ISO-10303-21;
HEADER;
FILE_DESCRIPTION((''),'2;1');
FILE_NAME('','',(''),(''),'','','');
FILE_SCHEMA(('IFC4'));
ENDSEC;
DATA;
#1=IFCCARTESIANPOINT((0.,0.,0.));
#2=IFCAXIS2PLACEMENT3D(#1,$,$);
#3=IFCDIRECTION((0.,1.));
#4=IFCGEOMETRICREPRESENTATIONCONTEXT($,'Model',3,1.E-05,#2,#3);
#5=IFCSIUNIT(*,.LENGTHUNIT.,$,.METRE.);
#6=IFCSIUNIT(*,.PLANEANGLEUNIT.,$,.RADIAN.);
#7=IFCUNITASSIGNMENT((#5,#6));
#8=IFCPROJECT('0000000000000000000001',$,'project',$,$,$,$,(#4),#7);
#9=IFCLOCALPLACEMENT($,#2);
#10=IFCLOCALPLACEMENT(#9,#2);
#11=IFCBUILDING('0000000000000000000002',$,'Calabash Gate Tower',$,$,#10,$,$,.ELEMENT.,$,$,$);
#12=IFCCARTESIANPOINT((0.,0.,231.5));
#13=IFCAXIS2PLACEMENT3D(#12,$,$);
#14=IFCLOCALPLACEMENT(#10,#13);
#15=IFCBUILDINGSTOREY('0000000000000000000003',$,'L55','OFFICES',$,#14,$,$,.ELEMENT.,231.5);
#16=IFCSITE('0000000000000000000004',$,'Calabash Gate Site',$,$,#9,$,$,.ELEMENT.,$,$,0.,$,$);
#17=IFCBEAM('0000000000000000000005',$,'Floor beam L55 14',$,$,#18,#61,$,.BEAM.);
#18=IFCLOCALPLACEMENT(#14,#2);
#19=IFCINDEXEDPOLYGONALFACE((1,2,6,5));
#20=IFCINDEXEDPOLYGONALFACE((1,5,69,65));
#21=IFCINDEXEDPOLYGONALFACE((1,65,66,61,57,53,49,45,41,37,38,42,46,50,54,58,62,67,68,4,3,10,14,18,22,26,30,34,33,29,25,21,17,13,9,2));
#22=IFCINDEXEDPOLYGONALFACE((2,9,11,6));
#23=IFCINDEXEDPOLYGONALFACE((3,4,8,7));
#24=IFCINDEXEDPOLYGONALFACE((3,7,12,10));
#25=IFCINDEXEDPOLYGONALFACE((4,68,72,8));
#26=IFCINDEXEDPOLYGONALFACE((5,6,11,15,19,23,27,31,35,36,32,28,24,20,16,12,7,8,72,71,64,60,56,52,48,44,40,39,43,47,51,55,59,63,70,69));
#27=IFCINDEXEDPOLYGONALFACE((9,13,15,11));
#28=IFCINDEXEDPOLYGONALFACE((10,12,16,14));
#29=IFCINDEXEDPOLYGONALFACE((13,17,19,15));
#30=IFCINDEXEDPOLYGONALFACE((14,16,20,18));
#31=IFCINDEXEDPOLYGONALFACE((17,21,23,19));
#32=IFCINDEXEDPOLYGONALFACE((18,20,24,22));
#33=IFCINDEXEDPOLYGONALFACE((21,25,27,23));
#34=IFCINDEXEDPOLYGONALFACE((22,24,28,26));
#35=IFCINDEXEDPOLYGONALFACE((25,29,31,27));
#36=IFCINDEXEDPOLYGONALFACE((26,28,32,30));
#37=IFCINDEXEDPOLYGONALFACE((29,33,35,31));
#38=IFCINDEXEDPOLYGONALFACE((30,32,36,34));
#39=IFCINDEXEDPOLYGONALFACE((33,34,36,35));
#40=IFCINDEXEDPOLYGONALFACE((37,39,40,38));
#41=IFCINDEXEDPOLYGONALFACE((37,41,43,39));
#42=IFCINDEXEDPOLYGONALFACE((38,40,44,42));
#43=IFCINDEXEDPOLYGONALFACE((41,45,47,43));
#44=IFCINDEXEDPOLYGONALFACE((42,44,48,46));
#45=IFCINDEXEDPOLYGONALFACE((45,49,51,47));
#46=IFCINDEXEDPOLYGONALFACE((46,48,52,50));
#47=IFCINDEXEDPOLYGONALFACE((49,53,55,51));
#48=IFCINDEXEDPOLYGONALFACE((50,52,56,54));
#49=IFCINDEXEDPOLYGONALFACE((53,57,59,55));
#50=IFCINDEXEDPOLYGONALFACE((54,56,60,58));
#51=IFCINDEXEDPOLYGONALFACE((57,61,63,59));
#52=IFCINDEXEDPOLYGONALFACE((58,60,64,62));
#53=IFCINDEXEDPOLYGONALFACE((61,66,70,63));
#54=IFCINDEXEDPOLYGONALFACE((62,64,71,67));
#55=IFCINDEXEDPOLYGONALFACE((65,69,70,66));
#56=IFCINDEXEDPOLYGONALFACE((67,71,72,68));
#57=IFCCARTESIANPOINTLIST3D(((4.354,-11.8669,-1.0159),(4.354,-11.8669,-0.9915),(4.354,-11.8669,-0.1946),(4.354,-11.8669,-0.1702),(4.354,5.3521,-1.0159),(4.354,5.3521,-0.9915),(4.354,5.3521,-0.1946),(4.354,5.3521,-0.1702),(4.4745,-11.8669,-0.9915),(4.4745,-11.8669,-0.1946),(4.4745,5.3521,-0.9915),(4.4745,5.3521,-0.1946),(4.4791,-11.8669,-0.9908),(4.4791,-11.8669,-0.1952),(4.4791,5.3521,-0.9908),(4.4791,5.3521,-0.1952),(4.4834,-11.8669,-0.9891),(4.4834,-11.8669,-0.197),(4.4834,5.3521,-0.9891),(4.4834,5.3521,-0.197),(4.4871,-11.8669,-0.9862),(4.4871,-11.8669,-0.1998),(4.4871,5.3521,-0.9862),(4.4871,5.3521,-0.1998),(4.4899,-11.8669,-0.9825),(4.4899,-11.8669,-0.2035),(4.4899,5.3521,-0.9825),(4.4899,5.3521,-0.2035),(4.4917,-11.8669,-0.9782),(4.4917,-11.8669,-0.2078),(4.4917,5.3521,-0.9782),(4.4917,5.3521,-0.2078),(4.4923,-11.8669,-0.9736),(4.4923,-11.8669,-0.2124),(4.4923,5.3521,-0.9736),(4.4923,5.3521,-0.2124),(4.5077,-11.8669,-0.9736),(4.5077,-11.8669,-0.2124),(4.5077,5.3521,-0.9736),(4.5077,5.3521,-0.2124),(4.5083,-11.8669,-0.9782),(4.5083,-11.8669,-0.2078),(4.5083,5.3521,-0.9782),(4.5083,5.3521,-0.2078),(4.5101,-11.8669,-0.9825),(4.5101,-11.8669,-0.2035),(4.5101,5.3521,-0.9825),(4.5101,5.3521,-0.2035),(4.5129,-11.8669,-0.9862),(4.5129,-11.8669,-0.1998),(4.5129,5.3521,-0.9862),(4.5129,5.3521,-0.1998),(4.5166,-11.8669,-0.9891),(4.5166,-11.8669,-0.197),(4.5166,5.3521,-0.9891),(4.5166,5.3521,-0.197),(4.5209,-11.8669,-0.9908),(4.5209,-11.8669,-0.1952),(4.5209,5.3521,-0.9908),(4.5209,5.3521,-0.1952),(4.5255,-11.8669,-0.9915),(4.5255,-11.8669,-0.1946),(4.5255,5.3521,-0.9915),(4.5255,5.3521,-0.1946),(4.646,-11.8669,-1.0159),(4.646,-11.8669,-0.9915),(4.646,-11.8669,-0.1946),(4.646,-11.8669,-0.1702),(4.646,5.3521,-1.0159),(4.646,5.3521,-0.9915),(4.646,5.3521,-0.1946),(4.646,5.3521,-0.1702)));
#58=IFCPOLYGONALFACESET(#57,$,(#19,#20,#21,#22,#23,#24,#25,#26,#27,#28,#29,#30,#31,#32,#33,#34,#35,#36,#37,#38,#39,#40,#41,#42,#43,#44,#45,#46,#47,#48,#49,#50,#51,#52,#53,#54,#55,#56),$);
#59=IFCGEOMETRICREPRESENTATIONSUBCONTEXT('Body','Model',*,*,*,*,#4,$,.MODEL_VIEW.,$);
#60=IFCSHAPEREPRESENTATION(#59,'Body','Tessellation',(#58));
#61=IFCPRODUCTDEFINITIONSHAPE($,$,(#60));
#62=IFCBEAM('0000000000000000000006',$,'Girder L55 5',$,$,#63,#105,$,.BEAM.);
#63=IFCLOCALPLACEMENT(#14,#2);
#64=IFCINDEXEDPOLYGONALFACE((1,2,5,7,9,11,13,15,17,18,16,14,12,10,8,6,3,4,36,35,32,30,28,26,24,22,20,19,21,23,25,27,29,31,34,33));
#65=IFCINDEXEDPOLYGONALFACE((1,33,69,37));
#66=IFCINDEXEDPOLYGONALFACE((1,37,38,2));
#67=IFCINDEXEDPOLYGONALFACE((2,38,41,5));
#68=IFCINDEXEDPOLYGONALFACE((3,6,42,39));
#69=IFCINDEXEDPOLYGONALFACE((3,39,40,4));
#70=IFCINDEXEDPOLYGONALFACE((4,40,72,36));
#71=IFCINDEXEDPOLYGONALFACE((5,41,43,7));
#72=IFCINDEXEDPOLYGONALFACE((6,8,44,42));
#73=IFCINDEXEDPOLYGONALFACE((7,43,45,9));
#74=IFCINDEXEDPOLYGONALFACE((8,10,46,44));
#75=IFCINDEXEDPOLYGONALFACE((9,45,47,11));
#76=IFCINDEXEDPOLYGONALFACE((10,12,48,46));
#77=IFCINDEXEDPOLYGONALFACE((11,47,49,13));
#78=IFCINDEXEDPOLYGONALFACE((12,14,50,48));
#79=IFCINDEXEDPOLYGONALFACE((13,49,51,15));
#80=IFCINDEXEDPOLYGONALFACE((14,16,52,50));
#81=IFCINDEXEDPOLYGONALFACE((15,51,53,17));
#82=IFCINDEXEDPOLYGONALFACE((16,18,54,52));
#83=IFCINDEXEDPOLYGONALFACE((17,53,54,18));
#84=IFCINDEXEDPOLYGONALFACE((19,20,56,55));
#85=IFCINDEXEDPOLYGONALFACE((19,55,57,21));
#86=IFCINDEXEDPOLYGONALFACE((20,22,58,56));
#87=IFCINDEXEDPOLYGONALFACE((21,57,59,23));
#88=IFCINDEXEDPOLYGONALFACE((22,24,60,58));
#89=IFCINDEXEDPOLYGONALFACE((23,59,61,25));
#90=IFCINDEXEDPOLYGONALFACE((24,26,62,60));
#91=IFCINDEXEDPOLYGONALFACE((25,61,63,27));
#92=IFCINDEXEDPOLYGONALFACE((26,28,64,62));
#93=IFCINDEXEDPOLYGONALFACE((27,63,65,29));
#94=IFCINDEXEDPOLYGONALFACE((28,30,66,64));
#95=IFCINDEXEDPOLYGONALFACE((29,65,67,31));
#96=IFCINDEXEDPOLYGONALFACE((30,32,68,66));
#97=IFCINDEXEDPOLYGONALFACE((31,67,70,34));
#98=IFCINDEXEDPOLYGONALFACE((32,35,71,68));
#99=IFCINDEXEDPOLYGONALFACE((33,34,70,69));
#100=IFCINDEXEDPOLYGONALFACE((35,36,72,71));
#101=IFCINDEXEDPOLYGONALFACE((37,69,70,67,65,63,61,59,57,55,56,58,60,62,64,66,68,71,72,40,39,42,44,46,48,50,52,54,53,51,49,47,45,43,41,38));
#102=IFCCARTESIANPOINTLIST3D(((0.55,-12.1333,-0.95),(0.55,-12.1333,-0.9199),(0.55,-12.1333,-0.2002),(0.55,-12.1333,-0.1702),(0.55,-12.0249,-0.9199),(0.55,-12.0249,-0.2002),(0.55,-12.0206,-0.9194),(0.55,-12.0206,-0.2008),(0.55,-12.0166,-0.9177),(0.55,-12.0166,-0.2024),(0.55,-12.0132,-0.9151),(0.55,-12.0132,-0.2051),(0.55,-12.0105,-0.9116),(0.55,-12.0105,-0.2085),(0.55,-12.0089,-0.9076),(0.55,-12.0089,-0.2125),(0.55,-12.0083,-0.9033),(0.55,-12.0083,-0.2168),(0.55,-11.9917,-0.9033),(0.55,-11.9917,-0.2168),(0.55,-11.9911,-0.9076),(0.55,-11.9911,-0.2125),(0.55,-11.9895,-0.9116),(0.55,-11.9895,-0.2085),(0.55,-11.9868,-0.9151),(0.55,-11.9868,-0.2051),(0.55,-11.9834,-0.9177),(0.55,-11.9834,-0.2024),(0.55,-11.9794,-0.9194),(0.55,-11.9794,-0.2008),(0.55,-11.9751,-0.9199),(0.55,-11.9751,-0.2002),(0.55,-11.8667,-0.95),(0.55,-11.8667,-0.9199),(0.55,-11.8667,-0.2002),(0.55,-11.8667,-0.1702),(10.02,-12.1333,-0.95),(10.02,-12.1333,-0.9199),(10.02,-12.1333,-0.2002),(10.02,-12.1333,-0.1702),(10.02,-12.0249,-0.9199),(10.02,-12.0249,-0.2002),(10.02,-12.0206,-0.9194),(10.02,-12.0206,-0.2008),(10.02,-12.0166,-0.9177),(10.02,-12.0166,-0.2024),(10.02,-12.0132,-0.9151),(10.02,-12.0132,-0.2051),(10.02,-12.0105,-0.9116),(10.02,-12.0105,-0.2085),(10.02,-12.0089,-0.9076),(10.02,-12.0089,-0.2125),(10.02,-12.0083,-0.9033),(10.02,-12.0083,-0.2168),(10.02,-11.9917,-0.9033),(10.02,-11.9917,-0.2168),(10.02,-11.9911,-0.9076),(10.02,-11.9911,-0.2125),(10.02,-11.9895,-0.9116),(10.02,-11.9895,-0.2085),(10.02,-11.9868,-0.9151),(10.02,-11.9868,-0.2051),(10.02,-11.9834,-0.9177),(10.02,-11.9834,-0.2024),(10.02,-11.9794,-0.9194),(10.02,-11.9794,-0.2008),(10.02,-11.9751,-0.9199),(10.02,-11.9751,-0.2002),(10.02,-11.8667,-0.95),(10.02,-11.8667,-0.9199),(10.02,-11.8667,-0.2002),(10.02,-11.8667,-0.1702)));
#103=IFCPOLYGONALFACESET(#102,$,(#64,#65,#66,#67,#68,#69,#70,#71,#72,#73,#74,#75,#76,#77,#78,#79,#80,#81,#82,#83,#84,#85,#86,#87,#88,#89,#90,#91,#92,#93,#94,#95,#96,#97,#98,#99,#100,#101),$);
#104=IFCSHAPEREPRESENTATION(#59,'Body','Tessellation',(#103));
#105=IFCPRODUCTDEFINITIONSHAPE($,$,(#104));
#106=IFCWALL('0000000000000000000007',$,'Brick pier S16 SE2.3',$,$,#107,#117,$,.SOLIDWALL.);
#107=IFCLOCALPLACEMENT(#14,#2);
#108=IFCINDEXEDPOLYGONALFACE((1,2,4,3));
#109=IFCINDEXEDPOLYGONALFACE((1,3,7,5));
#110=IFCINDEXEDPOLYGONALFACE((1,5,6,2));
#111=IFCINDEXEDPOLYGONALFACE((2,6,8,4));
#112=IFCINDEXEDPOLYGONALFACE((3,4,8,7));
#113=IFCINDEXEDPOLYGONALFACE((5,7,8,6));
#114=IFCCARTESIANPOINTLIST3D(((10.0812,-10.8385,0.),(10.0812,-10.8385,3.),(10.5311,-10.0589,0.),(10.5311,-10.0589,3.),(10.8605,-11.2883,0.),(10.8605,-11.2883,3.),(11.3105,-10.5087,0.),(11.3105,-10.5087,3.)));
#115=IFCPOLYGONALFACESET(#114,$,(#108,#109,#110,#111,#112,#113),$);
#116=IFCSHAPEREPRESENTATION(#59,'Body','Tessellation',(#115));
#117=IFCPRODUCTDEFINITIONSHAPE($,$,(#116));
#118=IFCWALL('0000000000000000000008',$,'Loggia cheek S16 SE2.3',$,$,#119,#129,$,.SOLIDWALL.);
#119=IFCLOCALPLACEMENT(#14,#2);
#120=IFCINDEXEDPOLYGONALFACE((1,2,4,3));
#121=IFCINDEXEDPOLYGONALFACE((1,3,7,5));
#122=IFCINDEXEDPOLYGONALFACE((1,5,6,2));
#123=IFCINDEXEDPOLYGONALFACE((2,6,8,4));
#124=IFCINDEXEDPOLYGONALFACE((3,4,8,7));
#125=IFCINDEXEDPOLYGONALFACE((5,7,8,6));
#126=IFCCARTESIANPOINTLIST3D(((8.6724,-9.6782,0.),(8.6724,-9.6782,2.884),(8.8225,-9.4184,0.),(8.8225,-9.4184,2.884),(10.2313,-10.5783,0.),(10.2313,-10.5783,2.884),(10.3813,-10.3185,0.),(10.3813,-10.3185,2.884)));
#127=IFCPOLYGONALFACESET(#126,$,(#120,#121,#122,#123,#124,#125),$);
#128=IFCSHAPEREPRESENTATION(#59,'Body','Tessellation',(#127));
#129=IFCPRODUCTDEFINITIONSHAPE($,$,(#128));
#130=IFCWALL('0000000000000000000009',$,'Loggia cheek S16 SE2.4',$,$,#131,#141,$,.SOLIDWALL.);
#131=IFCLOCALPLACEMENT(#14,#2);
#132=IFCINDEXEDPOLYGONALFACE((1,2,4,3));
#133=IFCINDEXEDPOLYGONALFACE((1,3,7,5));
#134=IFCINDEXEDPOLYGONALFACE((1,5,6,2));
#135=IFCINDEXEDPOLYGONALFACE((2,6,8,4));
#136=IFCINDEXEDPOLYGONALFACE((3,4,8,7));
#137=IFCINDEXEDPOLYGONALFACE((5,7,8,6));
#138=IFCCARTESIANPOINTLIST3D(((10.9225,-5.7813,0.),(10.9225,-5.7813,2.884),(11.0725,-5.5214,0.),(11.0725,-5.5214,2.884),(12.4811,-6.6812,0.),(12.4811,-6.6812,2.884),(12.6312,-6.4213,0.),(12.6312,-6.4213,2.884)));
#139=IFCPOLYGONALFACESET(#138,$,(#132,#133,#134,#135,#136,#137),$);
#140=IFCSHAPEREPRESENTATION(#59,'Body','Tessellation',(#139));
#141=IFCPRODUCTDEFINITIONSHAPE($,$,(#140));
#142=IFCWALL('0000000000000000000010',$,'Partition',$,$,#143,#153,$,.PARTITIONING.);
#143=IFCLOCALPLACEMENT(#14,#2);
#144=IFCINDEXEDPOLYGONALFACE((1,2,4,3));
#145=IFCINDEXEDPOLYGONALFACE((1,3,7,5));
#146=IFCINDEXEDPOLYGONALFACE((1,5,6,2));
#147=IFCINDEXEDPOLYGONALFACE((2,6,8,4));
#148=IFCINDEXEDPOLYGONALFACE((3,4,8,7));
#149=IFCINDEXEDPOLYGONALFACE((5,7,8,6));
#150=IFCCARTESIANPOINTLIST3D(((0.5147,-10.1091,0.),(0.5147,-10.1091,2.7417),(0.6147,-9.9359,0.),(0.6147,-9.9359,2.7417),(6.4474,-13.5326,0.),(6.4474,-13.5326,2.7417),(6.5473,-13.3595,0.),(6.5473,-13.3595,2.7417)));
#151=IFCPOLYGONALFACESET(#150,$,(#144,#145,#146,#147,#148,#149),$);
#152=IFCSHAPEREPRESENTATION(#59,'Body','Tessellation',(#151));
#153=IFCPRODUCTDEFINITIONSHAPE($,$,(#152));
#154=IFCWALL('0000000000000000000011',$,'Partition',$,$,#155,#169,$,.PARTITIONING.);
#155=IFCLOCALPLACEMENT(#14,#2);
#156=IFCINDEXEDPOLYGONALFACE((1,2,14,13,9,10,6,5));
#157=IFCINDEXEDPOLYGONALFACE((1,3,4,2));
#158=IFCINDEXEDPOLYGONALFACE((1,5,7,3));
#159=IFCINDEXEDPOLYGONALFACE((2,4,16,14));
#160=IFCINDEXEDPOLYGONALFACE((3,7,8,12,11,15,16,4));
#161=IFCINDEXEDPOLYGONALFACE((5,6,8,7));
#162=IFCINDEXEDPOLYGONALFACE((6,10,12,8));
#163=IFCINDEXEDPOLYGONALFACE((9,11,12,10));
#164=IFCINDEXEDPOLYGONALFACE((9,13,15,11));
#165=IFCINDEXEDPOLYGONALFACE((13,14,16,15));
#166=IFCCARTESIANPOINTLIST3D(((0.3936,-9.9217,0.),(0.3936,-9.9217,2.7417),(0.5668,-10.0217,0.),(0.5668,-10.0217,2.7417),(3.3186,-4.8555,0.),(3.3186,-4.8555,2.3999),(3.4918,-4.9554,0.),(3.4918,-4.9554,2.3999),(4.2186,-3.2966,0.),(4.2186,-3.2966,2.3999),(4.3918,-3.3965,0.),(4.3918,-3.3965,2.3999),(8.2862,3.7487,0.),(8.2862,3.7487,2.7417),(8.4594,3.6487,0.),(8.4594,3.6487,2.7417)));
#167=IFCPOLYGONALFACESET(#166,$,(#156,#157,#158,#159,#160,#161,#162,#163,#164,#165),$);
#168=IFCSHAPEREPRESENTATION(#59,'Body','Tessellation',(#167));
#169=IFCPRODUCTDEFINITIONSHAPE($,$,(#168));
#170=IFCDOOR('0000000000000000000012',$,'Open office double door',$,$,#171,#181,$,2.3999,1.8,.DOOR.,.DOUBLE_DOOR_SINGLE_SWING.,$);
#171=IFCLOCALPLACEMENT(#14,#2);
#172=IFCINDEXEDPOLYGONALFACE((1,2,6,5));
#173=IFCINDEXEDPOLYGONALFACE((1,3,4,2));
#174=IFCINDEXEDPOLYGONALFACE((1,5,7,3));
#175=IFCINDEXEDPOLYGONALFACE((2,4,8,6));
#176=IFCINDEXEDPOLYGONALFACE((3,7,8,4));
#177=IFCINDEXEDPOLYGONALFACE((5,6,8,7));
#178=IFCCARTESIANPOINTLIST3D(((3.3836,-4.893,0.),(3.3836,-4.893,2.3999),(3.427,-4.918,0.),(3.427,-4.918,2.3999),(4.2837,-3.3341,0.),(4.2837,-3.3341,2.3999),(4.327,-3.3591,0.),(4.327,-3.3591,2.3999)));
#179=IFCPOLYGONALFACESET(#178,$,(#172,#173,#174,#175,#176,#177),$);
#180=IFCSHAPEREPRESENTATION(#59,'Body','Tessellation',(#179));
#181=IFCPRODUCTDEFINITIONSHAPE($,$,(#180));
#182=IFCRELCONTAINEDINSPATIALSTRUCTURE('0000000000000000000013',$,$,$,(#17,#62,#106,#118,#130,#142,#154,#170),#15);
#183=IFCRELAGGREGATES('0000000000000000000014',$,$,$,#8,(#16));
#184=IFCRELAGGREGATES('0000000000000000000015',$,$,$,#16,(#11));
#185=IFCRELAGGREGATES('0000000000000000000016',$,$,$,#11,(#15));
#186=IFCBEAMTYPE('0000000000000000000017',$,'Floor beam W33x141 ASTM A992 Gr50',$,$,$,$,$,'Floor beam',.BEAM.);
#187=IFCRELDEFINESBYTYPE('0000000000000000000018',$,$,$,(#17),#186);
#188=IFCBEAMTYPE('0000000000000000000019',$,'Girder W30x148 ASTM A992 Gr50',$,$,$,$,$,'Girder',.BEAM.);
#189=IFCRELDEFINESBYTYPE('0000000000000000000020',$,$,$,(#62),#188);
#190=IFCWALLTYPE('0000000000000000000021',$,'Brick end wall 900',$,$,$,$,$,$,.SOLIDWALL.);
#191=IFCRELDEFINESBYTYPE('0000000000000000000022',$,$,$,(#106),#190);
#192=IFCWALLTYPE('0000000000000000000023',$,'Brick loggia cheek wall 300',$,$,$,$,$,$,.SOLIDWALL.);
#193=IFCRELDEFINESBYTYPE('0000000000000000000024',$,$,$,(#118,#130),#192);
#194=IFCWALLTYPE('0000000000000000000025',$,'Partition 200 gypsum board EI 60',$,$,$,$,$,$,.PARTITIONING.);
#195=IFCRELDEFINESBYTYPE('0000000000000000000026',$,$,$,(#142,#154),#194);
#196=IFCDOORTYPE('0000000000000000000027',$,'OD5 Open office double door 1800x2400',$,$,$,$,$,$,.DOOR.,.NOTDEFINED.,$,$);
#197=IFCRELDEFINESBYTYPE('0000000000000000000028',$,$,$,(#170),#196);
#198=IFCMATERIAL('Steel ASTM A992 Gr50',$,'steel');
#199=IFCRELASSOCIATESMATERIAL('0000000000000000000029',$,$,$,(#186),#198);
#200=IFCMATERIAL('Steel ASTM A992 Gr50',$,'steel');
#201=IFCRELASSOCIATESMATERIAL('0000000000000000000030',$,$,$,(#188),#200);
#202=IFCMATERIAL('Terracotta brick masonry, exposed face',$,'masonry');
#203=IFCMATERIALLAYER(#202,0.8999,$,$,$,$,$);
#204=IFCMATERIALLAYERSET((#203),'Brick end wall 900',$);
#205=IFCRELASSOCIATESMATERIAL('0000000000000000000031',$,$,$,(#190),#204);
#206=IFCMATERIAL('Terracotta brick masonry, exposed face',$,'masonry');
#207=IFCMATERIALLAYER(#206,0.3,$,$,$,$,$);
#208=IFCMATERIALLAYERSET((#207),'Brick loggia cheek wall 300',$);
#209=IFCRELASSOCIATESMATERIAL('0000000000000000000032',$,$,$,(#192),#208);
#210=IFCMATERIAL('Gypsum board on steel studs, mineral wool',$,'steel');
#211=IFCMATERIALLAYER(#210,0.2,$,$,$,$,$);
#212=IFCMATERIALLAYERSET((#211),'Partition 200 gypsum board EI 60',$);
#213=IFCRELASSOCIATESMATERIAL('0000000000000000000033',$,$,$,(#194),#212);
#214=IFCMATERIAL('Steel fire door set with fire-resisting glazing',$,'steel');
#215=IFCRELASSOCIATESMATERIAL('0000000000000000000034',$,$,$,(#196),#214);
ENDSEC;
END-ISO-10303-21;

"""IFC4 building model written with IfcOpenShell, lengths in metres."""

from ifc_helpers import new_model, si_unit, direction, frame, frame_2d, origin, origin_2d, place, context, subcontext, project, spatial, rectangle, i_section, extrude, material, layer, layer_set, material_profile, profile_set, type_object, element, fill, save


model = new_model("IFC4")

# Units and contexts
model_context = context("Model", 3, precision=1e-05, world=origin(), true_north=direction((0.0, 1.0)))
body_context = subcontext(model_context, "Body", "Model", "MODEL_VIEW")
ifc_project = project(units=[si_unit("LENGTHUNIT", "METRE"), si_unit("PLANEANGLEUNIT", "RADIAN")], contexts=[model_context])

# Site, building, storey
site_placement = place(None, origin())
site = spatial("IfcSite", under=ifc_project, at=site_placement, Name="Calabash Gate Site", CompositionType="ELEMENT", RefElevation=0.0)
building_placement = place(site_placement, origin())
building = spatial("IfcBuilding", under=site, at=building_placement, Name="Calabash Gate Tower", CompositionType="ELEMENT")
storey_placement = place(building_placement, frame((0.0, 0.0, 231.5)))
storey = spatial("IfcBuildingStorey", under=building, at=storey_placement, Name="L55", Description="OFFICES", CompositionType="ELEMENT", Elevation=231.5)

# Beams
ifc_material_1 = material(Name="Steel ASTM A992 Gr50", Category="steel")
ifc_material_profile_1 = material_profile(ifc_material_1, i_section(OverallWidth=0.292, OverallDepth=0.8457, WebThickness=0.0154, FlangeThickness=0.0244, FilletRadius=0.0178, at=origin_2d()))
ifc_profile_set_1 = profile_set([ifc_material_profile_1], Name="Steel ASTM A992 Gr50")
beam_type_1 = type_object("IfcBeamType", Name="Floor beam W33x141 ASTM A992 Gr50", ElementType="Floor beam", PredefinedType="BEAM", material=ifc_profile_set_1)
beam_1_placement = place(storey_placement, frame((4.5, -11.8669, -0.593), z_axis=(0.0, 1.0, 0.0), x_axis=(-1.0, 0.0, 0.0)))
element("IfcBeam", 1, at=beam_1_placement, inside=storey, type_object=beam_type_1, Name="Floor beam L55 14", PredefinedType="BEAM", context=body_context, shape_type="SweptSolid", body=[
    extrude(i_section(OverallWidth=0.292, OverallDepth=0.8457, WebThickness=0.0154, FlangeThickness=0.0244, FilletRadius=0.0178, at=origin_2d()), origin(), (0.0, 0.0, 1.0), 17.219),
])
ifc_material_2 = material(Name="Steel ASTM A992 Gr50", Category="steel")
ifc_material_profile_2 = material_profile(ifc_material_2, i_section(OverallWidth=0.2666, OverallDepth=0.7798, WebThickness=0.0166, FlangeThickness=0.03, FilletRadius=0.0166, at=origin_2d()))
ifc_profile_set_2 = profile_set([ifc_material_profile_2], Name="Steel ASTM A992 Gr50")
beam_type_2 = type_object("IfcBeamType", Name="Girder W30x148 ASTM A992 Gr50", ElementType="Girder", PredefinedType="BEAM", material=ifc_profile_set_2)
beam_2_placement = place(storey_placement, frame((0.55, -12.0, -0.5601), z_axis=(1.0, 0.0, 0.0), x_axis=(0.0, 1.0, 0.0)))
element("IfcBeam", 2, at=beam_2_placement, inside=storey, type_object=beam_type_2, Name="Girder L55 5", PredefinedType="BEAM", context=body_context, shape_type="SweptSolid", body=[
    extrude(i_section(OverallWidth=0.2666, OverallDepth=0.7798, WebThickness=0.0166, FlangeThickness=0.03, FilletRadius=0.0166, at=origin_2d()), origin(), (0.0, 0.0, 1.0), 9.47),
])

# Walls
ifc_material_3 = material(Name="Terracotta brick masonry, exposed face", Category="masonry")
ifc_layer_1 = layer(ifc_material_3, 0.8999)
ifc_layer_set_1 = layer_set([ifc_layer_1], Name="Brick end wall 900")
wall_type_1 = type_object("IfcWallType", Name="Brick end wall 900", PredefinedType="SOLIDWALL", material=ifc_layer_set_1)
wall_1_placement = place(storey_placement, frame((10.9209, -10.2837, 0.0), z_axis=(0.0, 0.0, 1.0), x_axis=(-0.499902, -0.866082, 0.0)))
element("IfcWall", 3, at=wall_1_placement, inside=storey, type_object=wall_type_1, Name="Brick pier S16 SE2.3", PredefinedType="SOLIDWALL", context=body_context, shape_type="SweptSolid", body=[
    extrude(rectangle(XDim=0.9001, YDim=0.8999, at=frame_2d((0.4502, 0.0))), origin(), (0.0, 0.0, 1.0), 3.0),
])
ifc_material_4 = material(Name="Terracotta brick masonry, exposed face", Category="masonry")
ifc_layer_2 = layer(ifc_material_4, 0.3)
ifc_layer_set_2 = layer_set([ifc_layer_2], Name="Brick loggia cheek wall 300")
wall_type_2 = type_object("IfcWallType", Name="Brick loggia cheek wall 300", PredefinedType="SOLIDWALL", material=ifc_layer_set_2)
wall_2_placement = place(storey_placement, frame((8.7476, -9.5483, 0.0), z_axis=(0.0, 0.0, 1.0), x_axis=(0.865989, -0.500063, 0.0)))
element("IfcWall", 4, at=wall_2_placement, inside=storey, type_object=wall_type_2, Name="Loggia cheek S16 SE2.3", PredefinedType="SOLIDWALL", context=body_context, shape_type="SweptSolid", body=[
    extrude(rectangle(XDim=1.8, YDim=0.3, at=frame_2d((0.8999, 0.0))), origin(), (0.0, 0.0, 1.0), 2.884),
])
wall_3_placement = place(storey_placement, frame((12.5562, -6.5513, 0.0), z_axis=(0.0, 0.0, 1.0), x_axis=(-0.866014, 0.50002, 0.0)))
element("IfcWall", 5, at=wall_3_placement, inside=storey, type_object=wall_type_2, Name="Loggia cheek S16 SE2.4", PredefinedType="SOLIDWALL", context=body_context, shape_type="SweptSolid", body=[
    extrude(rectangle(XDim=1.7998, YDim=0.3, at=frame_2d((0.8999, 0.0))), origin(), (0.0, 0.0, 1.0), 2.884),
])
ifc_material_5 = material(Name="Gypsum board on steel studs, mineral wool", Category="steel")
ifc_layer_3 = layer(ifc_material_5, 0.2)
ifc_layer_set_3 = layer_set([ifc_layer_3], Name="Partition 200 gypsum board EI 60")
wall_type_3 = type_object("IfcWallType", Name="Partition 200 gypsum board EI 60", PredefinedType="PARTITIONING", material=ifc_layer_set_3)
wall_4_placement = place(storey_placement, frame((0.5647, -10.0225, 0.0), z_axis=(0.0, 0.0, 1.0), x_axis=(0.866127, -0.499823, 0.0)))
element("IfcWall", 6, at=wall_4_placement, inside=storey, type_object=wall_type_3, Name="Partition", PredefinedType="PARTITIONING", context=body_context, shape_type="SweptSolid", body=[
    extrude(rectangle(XDim=6.8496, YDim=0.2, at=frame_2d((3.4248, 0.0))), origin(), (0.0, 0.0, 1.0), 2.7417),
])

# Wall, opening, door
wall_5_placement = place(storey_placement, frame((0.4802, -9.9717, 0.0), z_axis=(0.0, 0.0, 1.0), x_axis=(0.499998, 0.866026, 0.0)))
wall_5 = element("IfcWall", 7, at=wall_5_placement, inside=storey, type_object=wall_type_3, Name="Partition", PredefinedType="PARTITIONING", context=body_context, shape_type="SweptSolid", body=[
    extrude(rectangle(XDim=15.7852, YDim=0.2, at=frame_2d((7.8926, 0.0))), origin(), (0.0, 0.0, 1.0), 2.7417),
])
opening_1_placement = place(wall_5_placement, frame((5.8501, 0.0, 0.0)))
opening_1 = element("IfcOpeningElement", 8, at=opening_1_placement, cuts=wall_5, PredefinedType="OPENING", context=body_context, shape_type="SweptSolid", body=[
    extrude(rectangle(XDim=1.8, YDim=2.3999, at=frame_2d((0.8999, 1.2))), frame((0.0, 0.1099, 0.0), z_axis=(0.0, -1.0, 0.0), x_axis=(1.0, 0.0, 0.0)), (0.0, 0.0, 1.0), 0.22),
])
ifc_material_6 = material(Name="Steel fire door set with fire-resisting glazing", Category="steel")
door_type_1 = type_object("IfcDoorType", Name="OD5 Open office double door 1800x2400", OperationType="NOTDEFINED", PredefinedType="DOOR", material=ifc_material_6)
door_1_placement = place(opening_1_placement, origin())
door_1 = element("IfcDoor", 9, at=door_1_placement, inside=storey, type_object=door_type_1, Name="Open office double door", OperationType="DOUBLE_DOOR_SINGLE_SWING", OverallHeight=2.3999, OverallWidth=1.8, PredefinedType="DOOR", context=body_context, shape_type="SweptSolid", body=[
    extrude(rectangle(XDim=1.8, YDim=2.3999, at=frame_2d((0.8999, 1.2))), frame((0.0, 0.0249, 0.0), z_axis=(0.0, -1.0, 0.0), x_axis=(1.0, 0.0, 0.0)), (0.0, 0.0, 1.0), 0.05),
])
fill(opening_1, door_1)

save(model, "model.ifc")
